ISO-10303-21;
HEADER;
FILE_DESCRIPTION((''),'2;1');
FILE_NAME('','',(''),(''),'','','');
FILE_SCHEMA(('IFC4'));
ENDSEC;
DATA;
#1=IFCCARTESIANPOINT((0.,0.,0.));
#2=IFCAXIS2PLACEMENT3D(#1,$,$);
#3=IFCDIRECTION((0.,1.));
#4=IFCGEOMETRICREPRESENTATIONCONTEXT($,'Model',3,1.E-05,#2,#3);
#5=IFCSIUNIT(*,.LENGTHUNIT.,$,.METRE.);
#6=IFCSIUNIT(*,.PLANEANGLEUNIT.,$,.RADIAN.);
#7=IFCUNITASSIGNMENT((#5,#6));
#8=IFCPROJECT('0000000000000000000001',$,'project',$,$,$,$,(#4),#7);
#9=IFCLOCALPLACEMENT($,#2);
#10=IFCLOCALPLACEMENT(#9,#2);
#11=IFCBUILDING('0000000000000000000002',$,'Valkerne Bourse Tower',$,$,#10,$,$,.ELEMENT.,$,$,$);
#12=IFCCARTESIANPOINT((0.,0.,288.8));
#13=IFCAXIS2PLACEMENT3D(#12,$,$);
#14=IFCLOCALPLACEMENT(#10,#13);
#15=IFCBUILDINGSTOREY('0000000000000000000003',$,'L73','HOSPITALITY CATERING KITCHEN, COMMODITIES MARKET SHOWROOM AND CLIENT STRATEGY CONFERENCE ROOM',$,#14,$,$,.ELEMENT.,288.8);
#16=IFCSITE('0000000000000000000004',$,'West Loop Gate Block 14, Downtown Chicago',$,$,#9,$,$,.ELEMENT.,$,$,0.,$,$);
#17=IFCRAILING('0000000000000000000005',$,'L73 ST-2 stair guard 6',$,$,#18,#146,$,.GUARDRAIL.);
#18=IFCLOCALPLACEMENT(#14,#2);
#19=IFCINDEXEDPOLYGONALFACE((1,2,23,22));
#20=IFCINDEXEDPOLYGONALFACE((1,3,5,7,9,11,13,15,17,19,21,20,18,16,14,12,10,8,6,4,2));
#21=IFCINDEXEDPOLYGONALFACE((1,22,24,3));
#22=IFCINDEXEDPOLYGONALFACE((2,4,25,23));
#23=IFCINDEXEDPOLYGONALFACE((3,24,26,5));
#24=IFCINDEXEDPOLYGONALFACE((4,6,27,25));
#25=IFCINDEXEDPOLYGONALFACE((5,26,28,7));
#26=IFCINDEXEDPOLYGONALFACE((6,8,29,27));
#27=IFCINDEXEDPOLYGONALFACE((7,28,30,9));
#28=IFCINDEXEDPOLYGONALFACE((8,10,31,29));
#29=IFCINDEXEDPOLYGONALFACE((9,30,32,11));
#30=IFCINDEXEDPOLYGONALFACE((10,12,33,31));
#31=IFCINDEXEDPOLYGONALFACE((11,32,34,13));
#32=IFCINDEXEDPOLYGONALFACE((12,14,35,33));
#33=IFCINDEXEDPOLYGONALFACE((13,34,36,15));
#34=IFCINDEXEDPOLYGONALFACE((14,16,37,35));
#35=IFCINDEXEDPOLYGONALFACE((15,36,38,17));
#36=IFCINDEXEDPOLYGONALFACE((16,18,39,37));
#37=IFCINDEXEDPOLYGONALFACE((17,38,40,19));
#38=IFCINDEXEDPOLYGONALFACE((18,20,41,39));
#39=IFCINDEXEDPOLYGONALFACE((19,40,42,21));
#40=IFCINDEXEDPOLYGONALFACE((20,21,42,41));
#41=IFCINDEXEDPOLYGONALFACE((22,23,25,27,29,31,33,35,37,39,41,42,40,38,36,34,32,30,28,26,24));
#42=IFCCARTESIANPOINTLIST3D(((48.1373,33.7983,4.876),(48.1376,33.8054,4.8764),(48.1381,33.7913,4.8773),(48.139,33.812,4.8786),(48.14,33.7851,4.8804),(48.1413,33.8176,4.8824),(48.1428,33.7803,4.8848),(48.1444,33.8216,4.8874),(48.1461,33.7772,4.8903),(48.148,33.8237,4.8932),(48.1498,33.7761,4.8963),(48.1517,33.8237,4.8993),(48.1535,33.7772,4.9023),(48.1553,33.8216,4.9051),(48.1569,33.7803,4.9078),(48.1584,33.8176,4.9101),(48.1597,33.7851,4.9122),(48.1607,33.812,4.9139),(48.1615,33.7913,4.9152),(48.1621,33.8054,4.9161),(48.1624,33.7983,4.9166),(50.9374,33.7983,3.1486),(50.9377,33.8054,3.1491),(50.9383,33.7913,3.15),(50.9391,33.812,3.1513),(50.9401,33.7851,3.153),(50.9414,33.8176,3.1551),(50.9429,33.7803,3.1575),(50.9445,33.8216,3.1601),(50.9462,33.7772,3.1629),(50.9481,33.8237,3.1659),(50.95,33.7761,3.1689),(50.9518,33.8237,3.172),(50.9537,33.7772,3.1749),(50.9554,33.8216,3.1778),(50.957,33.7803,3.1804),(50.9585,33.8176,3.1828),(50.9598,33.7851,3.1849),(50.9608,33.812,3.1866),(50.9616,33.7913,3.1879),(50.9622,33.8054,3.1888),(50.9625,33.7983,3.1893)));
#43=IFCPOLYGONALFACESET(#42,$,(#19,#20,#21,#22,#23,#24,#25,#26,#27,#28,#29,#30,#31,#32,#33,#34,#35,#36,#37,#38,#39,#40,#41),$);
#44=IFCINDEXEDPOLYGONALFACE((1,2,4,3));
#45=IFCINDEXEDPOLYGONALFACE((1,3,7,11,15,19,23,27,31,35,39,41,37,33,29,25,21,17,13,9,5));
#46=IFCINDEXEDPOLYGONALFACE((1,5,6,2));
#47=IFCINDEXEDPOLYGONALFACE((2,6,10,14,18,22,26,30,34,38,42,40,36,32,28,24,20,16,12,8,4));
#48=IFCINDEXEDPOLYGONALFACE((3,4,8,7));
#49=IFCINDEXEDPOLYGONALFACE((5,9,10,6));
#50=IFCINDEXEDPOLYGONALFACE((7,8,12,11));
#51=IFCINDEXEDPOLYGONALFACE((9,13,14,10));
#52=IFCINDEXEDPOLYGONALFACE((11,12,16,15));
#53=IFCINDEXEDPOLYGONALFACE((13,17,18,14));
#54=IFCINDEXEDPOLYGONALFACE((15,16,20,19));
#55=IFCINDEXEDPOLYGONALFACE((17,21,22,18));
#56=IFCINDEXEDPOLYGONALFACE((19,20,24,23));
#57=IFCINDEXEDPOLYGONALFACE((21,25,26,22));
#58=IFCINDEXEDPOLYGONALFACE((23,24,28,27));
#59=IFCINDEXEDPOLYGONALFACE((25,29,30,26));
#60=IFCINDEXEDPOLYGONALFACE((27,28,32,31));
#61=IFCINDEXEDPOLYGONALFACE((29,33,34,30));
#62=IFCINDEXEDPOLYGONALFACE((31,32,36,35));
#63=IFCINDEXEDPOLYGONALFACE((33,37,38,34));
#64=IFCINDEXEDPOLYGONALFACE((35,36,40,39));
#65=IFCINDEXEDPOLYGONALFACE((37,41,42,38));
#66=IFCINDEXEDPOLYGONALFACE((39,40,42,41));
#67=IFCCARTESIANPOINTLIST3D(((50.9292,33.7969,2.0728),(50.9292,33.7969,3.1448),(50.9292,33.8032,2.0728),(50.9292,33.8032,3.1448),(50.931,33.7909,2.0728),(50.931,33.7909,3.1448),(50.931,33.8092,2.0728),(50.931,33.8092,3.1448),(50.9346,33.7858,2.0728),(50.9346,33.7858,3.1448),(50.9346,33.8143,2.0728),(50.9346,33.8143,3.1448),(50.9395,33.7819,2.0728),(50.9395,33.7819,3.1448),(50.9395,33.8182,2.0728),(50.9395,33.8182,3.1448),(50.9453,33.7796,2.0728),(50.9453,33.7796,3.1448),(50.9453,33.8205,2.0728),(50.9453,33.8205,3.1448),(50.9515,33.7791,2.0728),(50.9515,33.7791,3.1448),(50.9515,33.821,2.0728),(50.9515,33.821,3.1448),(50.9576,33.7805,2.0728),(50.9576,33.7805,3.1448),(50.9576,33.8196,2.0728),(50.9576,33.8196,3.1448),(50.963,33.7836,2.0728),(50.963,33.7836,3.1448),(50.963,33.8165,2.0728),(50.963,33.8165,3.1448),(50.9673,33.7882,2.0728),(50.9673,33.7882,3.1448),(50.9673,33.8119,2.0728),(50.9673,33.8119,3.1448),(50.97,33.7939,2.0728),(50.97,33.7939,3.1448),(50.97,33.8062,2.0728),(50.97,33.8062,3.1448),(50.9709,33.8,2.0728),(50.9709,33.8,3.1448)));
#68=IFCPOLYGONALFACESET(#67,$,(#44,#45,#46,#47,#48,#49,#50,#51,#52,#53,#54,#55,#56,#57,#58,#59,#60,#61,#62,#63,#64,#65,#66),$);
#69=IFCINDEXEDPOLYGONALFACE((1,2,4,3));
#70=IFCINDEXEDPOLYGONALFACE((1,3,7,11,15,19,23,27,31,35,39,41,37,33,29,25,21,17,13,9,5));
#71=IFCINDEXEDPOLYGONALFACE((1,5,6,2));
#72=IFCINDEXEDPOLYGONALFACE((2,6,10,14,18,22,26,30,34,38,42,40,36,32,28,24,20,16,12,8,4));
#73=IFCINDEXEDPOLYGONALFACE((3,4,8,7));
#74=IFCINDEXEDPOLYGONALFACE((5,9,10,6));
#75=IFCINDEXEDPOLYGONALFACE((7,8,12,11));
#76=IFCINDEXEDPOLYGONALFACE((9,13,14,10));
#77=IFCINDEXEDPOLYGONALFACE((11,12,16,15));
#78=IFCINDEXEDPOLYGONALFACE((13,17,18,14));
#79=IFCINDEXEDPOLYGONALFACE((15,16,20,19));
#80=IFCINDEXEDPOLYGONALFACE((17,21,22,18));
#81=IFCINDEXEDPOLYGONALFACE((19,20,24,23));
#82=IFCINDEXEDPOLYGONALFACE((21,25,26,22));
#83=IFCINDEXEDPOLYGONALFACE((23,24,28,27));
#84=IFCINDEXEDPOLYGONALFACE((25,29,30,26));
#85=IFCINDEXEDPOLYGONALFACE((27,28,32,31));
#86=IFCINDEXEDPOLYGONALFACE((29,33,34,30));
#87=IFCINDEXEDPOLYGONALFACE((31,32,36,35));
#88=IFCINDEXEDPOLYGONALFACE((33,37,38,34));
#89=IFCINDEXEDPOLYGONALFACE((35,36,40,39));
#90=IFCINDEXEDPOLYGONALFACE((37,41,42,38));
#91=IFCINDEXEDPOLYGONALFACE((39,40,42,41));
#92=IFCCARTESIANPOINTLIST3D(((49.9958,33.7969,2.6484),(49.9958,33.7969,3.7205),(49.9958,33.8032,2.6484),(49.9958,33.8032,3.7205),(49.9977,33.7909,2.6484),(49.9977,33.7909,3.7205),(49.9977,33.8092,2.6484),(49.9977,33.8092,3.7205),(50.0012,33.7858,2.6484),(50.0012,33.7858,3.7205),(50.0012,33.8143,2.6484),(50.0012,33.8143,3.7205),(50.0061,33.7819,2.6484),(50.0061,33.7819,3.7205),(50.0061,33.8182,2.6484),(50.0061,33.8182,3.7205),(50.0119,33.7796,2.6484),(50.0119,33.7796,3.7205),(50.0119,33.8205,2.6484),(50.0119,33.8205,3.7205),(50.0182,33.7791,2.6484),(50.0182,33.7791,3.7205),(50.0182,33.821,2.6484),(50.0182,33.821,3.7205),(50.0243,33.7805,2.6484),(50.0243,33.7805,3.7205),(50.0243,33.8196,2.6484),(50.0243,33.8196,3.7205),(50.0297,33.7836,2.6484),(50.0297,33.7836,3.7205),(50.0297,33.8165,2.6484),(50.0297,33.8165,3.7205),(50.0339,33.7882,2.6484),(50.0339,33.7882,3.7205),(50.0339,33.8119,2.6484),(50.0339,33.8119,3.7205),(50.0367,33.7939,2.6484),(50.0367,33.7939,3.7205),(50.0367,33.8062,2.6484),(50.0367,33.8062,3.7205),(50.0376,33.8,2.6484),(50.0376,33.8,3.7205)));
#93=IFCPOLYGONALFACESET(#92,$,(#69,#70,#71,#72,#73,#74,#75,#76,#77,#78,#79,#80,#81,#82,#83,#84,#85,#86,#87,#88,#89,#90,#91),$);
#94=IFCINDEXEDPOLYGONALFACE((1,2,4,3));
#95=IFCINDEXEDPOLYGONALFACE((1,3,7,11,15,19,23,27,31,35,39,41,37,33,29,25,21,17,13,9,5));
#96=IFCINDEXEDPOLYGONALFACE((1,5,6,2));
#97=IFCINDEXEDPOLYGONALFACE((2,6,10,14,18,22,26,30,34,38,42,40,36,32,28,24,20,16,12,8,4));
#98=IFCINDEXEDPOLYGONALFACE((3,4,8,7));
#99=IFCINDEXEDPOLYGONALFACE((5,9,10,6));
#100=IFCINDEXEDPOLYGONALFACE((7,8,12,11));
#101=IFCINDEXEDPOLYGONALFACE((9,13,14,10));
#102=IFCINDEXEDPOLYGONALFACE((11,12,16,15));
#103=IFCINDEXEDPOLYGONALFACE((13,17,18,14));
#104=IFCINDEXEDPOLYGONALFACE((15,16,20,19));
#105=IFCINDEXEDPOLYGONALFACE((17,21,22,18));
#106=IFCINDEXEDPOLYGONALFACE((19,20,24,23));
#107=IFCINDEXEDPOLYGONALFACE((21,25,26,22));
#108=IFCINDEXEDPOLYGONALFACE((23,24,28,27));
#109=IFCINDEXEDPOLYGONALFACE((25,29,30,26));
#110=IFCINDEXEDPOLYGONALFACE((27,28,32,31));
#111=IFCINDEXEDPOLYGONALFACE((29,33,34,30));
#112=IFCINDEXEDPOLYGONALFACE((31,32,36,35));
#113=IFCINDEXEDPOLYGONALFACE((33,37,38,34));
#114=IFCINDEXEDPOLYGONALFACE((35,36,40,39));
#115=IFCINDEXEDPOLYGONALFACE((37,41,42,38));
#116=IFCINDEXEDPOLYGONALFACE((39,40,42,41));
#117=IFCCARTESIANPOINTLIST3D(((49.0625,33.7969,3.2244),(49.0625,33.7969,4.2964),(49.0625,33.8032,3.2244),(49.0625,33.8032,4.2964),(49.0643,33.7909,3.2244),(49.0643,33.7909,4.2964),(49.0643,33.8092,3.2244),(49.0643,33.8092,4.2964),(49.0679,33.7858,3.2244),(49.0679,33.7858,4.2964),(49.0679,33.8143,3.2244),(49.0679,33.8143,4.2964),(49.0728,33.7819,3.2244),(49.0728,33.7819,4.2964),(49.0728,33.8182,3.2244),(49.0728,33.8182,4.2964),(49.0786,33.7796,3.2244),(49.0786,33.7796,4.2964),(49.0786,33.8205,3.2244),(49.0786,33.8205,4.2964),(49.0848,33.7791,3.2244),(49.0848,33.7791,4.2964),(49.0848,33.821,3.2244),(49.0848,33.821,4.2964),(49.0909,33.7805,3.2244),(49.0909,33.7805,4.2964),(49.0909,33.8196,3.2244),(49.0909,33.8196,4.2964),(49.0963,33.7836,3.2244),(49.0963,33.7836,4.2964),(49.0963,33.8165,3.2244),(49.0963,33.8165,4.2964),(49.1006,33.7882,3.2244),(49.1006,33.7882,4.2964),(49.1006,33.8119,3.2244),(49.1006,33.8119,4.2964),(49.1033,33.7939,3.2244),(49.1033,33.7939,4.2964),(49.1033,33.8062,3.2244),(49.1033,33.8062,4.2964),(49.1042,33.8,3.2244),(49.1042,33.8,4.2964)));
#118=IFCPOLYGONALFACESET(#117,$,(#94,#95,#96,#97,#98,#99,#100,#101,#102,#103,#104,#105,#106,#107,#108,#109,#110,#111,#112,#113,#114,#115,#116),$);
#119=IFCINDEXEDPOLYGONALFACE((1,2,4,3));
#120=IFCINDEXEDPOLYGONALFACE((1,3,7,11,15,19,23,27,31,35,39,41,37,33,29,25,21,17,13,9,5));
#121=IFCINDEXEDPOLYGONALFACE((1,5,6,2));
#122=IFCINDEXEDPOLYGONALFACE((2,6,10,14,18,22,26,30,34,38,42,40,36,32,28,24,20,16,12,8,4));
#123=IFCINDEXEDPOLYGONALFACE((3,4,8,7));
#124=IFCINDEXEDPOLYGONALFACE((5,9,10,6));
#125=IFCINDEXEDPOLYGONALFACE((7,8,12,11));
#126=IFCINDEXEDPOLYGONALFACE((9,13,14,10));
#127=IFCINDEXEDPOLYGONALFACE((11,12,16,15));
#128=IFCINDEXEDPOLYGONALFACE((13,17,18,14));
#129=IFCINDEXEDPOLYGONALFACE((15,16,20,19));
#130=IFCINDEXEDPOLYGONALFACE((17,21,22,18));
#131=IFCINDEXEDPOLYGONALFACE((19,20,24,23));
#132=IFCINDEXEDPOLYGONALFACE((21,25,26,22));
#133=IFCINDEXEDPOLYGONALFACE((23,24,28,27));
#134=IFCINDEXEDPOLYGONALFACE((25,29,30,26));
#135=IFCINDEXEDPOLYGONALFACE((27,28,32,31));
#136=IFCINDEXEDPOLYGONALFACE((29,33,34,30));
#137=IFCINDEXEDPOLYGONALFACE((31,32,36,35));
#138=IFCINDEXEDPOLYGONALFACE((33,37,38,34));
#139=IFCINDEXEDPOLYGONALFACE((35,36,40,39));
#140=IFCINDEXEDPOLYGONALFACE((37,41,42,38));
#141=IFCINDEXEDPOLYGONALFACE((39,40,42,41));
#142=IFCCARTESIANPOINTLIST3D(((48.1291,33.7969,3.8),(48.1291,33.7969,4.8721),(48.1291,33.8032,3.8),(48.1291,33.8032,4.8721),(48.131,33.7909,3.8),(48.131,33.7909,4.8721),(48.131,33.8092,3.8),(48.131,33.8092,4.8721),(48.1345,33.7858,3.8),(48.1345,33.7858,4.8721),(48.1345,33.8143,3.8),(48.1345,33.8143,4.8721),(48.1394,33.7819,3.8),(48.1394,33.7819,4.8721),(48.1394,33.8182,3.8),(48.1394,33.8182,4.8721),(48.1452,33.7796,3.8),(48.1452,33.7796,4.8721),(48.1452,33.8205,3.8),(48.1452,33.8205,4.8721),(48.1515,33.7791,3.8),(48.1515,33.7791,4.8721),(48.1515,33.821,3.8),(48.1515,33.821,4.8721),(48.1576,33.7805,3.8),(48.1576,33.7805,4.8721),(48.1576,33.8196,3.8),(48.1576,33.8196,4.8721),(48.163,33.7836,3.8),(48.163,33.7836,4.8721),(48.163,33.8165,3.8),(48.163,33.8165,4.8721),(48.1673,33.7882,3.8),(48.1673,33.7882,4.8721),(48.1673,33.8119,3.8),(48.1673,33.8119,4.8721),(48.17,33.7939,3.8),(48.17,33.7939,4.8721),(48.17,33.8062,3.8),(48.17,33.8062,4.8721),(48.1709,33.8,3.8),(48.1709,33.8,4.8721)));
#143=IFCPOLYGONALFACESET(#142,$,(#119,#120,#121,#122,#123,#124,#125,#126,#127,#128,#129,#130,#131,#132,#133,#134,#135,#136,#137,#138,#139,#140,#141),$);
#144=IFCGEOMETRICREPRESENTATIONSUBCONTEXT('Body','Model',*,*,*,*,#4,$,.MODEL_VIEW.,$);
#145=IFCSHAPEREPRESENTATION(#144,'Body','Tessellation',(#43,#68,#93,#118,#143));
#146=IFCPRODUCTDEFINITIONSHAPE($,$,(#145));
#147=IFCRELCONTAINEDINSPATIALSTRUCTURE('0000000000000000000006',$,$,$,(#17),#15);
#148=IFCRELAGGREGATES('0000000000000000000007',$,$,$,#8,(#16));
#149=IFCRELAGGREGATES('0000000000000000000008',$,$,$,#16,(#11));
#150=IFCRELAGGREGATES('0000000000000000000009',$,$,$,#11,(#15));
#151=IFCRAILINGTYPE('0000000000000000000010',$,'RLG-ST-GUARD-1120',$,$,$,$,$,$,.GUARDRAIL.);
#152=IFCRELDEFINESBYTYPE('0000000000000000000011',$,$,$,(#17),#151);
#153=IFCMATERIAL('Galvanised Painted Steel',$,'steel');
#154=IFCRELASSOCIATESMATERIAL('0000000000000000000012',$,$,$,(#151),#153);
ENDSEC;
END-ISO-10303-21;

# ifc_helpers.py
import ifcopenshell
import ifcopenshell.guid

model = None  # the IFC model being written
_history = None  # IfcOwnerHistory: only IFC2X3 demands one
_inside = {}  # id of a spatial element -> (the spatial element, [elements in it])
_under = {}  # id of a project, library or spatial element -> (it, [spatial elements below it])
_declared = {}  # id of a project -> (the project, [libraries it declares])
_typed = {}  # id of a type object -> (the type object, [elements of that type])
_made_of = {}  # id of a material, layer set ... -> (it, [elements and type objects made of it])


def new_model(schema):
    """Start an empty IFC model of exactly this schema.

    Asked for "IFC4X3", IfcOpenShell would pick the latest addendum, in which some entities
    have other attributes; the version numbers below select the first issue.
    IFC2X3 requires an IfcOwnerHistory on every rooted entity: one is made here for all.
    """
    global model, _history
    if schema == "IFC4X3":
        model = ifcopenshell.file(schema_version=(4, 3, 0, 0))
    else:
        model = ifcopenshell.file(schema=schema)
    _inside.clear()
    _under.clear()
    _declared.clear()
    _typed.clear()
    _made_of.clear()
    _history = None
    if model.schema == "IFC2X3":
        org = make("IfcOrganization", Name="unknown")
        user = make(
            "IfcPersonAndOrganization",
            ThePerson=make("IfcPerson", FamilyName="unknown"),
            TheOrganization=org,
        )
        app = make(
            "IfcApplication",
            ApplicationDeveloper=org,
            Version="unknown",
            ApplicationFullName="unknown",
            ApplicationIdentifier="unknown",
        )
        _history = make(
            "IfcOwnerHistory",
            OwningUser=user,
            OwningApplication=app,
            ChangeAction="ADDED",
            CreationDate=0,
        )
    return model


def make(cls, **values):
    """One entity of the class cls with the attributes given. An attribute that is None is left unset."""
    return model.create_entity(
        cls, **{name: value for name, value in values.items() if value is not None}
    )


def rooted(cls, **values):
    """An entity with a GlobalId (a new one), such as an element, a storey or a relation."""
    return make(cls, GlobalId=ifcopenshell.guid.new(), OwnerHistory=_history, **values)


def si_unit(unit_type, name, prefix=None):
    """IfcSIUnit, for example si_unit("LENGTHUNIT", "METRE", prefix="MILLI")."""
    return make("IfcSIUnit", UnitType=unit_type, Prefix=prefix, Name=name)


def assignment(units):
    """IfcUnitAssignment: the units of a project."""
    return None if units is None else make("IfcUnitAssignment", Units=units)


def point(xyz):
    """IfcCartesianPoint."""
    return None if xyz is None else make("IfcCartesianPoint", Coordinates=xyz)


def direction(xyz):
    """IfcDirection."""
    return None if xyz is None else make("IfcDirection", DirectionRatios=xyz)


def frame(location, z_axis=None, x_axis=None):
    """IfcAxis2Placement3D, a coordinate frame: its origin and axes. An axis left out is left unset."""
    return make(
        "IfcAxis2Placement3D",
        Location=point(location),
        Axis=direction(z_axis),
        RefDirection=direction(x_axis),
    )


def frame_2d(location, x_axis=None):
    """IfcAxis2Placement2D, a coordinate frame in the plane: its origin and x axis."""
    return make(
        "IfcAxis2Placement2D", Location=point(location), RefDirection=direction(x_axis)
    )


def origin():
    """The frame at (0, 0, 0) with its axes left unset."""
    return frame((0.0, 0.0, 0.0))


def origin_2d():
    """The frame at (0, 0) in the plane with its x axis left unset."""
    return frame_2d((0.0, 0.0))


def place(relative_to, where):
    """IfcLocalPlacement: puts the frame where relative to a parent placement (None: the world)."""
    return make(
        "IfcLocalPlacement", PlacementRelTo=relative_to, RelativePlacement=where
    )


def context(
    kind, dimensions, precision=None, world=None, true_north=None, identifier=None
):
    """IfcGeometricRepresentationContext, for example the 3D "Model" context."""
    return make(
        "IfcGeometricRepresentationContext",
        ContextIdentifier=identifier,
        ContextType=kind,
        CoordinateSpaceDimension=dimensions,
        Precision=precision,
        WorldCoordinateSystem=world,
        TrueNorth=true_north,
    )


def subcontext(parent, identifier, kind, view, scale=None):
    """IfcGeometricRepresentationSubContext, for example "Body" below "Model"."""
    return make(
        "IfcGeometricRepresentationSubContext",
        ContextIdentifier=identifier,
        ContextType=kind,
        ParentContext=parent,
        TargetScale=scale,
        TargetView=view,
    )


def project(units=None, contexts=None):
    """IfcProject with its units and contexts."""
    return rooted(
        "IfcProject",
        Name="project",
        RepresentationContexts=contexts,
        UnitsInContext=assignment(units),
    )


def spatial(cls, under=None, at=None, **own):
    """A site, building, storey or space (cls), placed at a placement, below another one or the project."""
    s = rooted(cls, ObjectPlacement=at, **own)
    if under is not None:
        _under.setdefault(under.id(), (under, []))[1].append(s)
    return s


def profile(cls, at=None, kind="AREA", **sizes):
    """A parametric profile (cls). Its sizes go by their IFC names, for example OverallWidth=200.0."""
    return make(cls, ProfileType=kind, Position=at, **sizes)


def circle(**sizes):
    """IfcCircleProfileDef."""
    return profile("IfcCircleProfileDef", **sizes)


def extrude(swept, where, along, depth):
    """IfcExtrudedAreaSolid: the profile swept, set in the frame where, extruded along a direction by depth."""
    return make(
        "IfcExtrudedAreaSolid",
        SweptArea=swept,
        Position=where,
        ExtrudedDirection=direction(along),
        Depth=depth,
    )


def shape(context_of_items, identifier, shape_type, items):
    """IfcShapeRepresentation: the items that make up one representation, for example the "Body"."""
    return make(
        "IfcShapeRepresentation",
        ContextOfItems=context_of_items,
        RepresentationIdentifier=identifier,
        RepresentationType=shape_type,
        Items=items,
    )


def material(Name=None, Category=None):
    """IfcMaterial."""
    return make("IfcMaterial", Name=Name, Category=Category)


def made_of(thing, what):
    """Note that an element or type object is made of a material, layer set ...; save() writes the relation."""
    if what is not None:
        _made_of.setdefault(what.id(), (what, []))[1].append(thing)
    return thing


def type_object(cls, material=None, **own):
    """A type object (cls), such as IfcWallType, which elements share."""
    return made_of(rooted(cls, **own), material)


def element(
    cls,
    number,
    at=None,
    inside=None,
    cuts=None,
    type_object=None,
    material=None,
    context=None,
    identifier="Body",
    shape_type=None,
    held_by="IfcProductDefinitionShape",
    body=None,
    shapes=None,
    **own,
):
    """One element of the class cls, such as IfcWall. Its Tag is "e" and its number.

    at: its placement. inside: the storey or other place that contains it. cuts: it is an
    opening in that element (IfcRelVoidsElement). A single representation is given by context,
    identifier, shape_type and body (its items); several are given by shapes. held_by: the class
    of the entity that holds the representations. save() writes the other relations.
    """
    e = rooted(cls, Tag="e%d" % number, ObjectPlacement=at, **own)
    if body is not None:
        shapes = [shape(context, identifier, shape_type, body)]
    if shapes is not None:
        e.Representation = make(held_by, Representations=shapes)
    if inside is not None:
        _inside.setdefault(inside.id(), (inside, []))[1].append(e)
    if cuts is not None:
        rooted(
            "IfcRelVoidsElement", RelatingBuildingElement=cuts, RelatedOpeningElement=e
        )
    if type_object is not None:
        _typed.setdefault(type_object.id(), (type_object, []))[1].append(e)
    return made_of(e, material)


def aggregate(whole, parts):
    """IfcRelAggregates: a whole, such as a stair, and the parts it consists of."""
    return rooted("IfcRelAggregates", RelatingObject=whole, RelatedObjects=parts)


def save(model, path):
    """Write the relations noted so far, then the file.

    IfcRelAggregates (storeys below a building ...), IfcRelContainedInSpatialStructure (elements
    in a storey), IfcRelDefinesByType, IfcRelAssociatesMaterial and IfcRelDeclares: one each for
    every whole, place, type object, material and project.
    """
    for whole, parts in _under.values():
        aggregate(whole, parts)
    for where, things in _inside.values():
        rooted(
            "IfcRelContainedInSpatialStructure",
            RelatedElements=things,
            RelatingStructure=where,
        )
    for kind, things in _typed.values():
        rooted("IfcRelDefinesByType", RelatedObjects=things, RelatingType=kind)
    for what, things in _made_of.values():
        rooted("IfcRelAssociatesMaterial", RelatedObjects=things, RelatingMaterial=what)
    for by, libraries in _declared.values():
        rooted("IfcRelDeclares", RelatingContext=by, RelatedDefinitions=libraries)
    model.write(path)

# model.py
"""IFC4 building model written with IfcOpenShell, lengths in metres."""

from ifc_helpers import new_model, si_unit, direction, frame, origin, origin_2d, place, context, subcontext, project, spatial, circle, extrude, material, type_object, element, save


model = new_model("IFC4")

# Units and contexts
model_context = context("Model", 3, precision=1e-05, world=origin(), true_north=direction((0.0, 1.0)))
body_context = subcontext(model_context, "Body", "Model", "MODEL_VIEW")
ifc_project = project(units=[si_unit("LENGTHUNIT", "METRE"), si_unit("PLANEANGLEUNIT", "RADIAN")], contexts=[model_context])

# Site, building, storey
site_placement = place(None, origin())
site = spatial("IfcSite", under=ifc_project, at=site_placement, Name="West Loop Gate Block 14, Downtown Chicago", CompositionType="ELEMENT", RefElevation=0.0)
building_placement = place(site_placement, origin())
building = spatial("IfcBuilding", under=site, at=building_placement, Name="Valkerne Bourse Tower", CompositionType="ELEMENT")
storey_placement = place(building_placement, frame((0.0, 0.0, 288.8)))
storey = spatial("IfcBuildingStorey", under=building, at=storey_placement, Name="L73", Description="HOSPITALITY CATERING KITCHEN, COMMODITIES MARKET SHOWROOM AND CLIENT STRATEGY CONFERENCE ROOM", CompositionType="ELEMENT", Elevation=288.8)

# Shared definitions
ifc_material_1 = material(Name="Galvanised Painted Steel", Category="steel")

# Railing
railing_type_1 = type_object("IfcRailingType", Name="RLG-ST-GUARD-1120", PredefinedType="GUARDRAIL", material=ifc_material_1)
railing_1_placement = place(storey_placement, frame((50.95, 33.8, 2.0728)))
element("IfcRailing", 1, at=railing_1_placement, inside=storey, type_object=railing_type_1, Name="L73 ST-2 stair guard 6", PredefinedType="GUARDRAIL", context=body_context, shape_type="SweptSolid", body=[
    extrude(circle(Radius=0.0239, at=origin_2d()), frame((0.0, 0.0, 1.0962), z_axis=(-0.85109, 0.0, 0.52502), x_axis=(0.0, -1.0, 0.0)), (0.0, 0.0, 1.0), 3.29),
    extrude(circle(Radius=0.021, at=origin_2d()), origin(), (0.0, 0.0, 1.0), 1.072),
    extrude(circle(Radius=0.021, at=origin_2d()), frame((-0.9333, 0.0, 0.5757)), (0.0, 0.0, 1.0), 1.072),
    extrude(circle(Radius=0.021, at=origin_2d()), frame((-1.8667, 0.0, 1.1516)), (0.0, 0.0, 1.0), 1.072),
    extrude(circle(Radius=0.021, at=origin_2d()), frame((-2.8, 0.0, 1.7273)), (0.0, 0.0, 1.0), 1.072),
])

save(model, "model.ifc")
